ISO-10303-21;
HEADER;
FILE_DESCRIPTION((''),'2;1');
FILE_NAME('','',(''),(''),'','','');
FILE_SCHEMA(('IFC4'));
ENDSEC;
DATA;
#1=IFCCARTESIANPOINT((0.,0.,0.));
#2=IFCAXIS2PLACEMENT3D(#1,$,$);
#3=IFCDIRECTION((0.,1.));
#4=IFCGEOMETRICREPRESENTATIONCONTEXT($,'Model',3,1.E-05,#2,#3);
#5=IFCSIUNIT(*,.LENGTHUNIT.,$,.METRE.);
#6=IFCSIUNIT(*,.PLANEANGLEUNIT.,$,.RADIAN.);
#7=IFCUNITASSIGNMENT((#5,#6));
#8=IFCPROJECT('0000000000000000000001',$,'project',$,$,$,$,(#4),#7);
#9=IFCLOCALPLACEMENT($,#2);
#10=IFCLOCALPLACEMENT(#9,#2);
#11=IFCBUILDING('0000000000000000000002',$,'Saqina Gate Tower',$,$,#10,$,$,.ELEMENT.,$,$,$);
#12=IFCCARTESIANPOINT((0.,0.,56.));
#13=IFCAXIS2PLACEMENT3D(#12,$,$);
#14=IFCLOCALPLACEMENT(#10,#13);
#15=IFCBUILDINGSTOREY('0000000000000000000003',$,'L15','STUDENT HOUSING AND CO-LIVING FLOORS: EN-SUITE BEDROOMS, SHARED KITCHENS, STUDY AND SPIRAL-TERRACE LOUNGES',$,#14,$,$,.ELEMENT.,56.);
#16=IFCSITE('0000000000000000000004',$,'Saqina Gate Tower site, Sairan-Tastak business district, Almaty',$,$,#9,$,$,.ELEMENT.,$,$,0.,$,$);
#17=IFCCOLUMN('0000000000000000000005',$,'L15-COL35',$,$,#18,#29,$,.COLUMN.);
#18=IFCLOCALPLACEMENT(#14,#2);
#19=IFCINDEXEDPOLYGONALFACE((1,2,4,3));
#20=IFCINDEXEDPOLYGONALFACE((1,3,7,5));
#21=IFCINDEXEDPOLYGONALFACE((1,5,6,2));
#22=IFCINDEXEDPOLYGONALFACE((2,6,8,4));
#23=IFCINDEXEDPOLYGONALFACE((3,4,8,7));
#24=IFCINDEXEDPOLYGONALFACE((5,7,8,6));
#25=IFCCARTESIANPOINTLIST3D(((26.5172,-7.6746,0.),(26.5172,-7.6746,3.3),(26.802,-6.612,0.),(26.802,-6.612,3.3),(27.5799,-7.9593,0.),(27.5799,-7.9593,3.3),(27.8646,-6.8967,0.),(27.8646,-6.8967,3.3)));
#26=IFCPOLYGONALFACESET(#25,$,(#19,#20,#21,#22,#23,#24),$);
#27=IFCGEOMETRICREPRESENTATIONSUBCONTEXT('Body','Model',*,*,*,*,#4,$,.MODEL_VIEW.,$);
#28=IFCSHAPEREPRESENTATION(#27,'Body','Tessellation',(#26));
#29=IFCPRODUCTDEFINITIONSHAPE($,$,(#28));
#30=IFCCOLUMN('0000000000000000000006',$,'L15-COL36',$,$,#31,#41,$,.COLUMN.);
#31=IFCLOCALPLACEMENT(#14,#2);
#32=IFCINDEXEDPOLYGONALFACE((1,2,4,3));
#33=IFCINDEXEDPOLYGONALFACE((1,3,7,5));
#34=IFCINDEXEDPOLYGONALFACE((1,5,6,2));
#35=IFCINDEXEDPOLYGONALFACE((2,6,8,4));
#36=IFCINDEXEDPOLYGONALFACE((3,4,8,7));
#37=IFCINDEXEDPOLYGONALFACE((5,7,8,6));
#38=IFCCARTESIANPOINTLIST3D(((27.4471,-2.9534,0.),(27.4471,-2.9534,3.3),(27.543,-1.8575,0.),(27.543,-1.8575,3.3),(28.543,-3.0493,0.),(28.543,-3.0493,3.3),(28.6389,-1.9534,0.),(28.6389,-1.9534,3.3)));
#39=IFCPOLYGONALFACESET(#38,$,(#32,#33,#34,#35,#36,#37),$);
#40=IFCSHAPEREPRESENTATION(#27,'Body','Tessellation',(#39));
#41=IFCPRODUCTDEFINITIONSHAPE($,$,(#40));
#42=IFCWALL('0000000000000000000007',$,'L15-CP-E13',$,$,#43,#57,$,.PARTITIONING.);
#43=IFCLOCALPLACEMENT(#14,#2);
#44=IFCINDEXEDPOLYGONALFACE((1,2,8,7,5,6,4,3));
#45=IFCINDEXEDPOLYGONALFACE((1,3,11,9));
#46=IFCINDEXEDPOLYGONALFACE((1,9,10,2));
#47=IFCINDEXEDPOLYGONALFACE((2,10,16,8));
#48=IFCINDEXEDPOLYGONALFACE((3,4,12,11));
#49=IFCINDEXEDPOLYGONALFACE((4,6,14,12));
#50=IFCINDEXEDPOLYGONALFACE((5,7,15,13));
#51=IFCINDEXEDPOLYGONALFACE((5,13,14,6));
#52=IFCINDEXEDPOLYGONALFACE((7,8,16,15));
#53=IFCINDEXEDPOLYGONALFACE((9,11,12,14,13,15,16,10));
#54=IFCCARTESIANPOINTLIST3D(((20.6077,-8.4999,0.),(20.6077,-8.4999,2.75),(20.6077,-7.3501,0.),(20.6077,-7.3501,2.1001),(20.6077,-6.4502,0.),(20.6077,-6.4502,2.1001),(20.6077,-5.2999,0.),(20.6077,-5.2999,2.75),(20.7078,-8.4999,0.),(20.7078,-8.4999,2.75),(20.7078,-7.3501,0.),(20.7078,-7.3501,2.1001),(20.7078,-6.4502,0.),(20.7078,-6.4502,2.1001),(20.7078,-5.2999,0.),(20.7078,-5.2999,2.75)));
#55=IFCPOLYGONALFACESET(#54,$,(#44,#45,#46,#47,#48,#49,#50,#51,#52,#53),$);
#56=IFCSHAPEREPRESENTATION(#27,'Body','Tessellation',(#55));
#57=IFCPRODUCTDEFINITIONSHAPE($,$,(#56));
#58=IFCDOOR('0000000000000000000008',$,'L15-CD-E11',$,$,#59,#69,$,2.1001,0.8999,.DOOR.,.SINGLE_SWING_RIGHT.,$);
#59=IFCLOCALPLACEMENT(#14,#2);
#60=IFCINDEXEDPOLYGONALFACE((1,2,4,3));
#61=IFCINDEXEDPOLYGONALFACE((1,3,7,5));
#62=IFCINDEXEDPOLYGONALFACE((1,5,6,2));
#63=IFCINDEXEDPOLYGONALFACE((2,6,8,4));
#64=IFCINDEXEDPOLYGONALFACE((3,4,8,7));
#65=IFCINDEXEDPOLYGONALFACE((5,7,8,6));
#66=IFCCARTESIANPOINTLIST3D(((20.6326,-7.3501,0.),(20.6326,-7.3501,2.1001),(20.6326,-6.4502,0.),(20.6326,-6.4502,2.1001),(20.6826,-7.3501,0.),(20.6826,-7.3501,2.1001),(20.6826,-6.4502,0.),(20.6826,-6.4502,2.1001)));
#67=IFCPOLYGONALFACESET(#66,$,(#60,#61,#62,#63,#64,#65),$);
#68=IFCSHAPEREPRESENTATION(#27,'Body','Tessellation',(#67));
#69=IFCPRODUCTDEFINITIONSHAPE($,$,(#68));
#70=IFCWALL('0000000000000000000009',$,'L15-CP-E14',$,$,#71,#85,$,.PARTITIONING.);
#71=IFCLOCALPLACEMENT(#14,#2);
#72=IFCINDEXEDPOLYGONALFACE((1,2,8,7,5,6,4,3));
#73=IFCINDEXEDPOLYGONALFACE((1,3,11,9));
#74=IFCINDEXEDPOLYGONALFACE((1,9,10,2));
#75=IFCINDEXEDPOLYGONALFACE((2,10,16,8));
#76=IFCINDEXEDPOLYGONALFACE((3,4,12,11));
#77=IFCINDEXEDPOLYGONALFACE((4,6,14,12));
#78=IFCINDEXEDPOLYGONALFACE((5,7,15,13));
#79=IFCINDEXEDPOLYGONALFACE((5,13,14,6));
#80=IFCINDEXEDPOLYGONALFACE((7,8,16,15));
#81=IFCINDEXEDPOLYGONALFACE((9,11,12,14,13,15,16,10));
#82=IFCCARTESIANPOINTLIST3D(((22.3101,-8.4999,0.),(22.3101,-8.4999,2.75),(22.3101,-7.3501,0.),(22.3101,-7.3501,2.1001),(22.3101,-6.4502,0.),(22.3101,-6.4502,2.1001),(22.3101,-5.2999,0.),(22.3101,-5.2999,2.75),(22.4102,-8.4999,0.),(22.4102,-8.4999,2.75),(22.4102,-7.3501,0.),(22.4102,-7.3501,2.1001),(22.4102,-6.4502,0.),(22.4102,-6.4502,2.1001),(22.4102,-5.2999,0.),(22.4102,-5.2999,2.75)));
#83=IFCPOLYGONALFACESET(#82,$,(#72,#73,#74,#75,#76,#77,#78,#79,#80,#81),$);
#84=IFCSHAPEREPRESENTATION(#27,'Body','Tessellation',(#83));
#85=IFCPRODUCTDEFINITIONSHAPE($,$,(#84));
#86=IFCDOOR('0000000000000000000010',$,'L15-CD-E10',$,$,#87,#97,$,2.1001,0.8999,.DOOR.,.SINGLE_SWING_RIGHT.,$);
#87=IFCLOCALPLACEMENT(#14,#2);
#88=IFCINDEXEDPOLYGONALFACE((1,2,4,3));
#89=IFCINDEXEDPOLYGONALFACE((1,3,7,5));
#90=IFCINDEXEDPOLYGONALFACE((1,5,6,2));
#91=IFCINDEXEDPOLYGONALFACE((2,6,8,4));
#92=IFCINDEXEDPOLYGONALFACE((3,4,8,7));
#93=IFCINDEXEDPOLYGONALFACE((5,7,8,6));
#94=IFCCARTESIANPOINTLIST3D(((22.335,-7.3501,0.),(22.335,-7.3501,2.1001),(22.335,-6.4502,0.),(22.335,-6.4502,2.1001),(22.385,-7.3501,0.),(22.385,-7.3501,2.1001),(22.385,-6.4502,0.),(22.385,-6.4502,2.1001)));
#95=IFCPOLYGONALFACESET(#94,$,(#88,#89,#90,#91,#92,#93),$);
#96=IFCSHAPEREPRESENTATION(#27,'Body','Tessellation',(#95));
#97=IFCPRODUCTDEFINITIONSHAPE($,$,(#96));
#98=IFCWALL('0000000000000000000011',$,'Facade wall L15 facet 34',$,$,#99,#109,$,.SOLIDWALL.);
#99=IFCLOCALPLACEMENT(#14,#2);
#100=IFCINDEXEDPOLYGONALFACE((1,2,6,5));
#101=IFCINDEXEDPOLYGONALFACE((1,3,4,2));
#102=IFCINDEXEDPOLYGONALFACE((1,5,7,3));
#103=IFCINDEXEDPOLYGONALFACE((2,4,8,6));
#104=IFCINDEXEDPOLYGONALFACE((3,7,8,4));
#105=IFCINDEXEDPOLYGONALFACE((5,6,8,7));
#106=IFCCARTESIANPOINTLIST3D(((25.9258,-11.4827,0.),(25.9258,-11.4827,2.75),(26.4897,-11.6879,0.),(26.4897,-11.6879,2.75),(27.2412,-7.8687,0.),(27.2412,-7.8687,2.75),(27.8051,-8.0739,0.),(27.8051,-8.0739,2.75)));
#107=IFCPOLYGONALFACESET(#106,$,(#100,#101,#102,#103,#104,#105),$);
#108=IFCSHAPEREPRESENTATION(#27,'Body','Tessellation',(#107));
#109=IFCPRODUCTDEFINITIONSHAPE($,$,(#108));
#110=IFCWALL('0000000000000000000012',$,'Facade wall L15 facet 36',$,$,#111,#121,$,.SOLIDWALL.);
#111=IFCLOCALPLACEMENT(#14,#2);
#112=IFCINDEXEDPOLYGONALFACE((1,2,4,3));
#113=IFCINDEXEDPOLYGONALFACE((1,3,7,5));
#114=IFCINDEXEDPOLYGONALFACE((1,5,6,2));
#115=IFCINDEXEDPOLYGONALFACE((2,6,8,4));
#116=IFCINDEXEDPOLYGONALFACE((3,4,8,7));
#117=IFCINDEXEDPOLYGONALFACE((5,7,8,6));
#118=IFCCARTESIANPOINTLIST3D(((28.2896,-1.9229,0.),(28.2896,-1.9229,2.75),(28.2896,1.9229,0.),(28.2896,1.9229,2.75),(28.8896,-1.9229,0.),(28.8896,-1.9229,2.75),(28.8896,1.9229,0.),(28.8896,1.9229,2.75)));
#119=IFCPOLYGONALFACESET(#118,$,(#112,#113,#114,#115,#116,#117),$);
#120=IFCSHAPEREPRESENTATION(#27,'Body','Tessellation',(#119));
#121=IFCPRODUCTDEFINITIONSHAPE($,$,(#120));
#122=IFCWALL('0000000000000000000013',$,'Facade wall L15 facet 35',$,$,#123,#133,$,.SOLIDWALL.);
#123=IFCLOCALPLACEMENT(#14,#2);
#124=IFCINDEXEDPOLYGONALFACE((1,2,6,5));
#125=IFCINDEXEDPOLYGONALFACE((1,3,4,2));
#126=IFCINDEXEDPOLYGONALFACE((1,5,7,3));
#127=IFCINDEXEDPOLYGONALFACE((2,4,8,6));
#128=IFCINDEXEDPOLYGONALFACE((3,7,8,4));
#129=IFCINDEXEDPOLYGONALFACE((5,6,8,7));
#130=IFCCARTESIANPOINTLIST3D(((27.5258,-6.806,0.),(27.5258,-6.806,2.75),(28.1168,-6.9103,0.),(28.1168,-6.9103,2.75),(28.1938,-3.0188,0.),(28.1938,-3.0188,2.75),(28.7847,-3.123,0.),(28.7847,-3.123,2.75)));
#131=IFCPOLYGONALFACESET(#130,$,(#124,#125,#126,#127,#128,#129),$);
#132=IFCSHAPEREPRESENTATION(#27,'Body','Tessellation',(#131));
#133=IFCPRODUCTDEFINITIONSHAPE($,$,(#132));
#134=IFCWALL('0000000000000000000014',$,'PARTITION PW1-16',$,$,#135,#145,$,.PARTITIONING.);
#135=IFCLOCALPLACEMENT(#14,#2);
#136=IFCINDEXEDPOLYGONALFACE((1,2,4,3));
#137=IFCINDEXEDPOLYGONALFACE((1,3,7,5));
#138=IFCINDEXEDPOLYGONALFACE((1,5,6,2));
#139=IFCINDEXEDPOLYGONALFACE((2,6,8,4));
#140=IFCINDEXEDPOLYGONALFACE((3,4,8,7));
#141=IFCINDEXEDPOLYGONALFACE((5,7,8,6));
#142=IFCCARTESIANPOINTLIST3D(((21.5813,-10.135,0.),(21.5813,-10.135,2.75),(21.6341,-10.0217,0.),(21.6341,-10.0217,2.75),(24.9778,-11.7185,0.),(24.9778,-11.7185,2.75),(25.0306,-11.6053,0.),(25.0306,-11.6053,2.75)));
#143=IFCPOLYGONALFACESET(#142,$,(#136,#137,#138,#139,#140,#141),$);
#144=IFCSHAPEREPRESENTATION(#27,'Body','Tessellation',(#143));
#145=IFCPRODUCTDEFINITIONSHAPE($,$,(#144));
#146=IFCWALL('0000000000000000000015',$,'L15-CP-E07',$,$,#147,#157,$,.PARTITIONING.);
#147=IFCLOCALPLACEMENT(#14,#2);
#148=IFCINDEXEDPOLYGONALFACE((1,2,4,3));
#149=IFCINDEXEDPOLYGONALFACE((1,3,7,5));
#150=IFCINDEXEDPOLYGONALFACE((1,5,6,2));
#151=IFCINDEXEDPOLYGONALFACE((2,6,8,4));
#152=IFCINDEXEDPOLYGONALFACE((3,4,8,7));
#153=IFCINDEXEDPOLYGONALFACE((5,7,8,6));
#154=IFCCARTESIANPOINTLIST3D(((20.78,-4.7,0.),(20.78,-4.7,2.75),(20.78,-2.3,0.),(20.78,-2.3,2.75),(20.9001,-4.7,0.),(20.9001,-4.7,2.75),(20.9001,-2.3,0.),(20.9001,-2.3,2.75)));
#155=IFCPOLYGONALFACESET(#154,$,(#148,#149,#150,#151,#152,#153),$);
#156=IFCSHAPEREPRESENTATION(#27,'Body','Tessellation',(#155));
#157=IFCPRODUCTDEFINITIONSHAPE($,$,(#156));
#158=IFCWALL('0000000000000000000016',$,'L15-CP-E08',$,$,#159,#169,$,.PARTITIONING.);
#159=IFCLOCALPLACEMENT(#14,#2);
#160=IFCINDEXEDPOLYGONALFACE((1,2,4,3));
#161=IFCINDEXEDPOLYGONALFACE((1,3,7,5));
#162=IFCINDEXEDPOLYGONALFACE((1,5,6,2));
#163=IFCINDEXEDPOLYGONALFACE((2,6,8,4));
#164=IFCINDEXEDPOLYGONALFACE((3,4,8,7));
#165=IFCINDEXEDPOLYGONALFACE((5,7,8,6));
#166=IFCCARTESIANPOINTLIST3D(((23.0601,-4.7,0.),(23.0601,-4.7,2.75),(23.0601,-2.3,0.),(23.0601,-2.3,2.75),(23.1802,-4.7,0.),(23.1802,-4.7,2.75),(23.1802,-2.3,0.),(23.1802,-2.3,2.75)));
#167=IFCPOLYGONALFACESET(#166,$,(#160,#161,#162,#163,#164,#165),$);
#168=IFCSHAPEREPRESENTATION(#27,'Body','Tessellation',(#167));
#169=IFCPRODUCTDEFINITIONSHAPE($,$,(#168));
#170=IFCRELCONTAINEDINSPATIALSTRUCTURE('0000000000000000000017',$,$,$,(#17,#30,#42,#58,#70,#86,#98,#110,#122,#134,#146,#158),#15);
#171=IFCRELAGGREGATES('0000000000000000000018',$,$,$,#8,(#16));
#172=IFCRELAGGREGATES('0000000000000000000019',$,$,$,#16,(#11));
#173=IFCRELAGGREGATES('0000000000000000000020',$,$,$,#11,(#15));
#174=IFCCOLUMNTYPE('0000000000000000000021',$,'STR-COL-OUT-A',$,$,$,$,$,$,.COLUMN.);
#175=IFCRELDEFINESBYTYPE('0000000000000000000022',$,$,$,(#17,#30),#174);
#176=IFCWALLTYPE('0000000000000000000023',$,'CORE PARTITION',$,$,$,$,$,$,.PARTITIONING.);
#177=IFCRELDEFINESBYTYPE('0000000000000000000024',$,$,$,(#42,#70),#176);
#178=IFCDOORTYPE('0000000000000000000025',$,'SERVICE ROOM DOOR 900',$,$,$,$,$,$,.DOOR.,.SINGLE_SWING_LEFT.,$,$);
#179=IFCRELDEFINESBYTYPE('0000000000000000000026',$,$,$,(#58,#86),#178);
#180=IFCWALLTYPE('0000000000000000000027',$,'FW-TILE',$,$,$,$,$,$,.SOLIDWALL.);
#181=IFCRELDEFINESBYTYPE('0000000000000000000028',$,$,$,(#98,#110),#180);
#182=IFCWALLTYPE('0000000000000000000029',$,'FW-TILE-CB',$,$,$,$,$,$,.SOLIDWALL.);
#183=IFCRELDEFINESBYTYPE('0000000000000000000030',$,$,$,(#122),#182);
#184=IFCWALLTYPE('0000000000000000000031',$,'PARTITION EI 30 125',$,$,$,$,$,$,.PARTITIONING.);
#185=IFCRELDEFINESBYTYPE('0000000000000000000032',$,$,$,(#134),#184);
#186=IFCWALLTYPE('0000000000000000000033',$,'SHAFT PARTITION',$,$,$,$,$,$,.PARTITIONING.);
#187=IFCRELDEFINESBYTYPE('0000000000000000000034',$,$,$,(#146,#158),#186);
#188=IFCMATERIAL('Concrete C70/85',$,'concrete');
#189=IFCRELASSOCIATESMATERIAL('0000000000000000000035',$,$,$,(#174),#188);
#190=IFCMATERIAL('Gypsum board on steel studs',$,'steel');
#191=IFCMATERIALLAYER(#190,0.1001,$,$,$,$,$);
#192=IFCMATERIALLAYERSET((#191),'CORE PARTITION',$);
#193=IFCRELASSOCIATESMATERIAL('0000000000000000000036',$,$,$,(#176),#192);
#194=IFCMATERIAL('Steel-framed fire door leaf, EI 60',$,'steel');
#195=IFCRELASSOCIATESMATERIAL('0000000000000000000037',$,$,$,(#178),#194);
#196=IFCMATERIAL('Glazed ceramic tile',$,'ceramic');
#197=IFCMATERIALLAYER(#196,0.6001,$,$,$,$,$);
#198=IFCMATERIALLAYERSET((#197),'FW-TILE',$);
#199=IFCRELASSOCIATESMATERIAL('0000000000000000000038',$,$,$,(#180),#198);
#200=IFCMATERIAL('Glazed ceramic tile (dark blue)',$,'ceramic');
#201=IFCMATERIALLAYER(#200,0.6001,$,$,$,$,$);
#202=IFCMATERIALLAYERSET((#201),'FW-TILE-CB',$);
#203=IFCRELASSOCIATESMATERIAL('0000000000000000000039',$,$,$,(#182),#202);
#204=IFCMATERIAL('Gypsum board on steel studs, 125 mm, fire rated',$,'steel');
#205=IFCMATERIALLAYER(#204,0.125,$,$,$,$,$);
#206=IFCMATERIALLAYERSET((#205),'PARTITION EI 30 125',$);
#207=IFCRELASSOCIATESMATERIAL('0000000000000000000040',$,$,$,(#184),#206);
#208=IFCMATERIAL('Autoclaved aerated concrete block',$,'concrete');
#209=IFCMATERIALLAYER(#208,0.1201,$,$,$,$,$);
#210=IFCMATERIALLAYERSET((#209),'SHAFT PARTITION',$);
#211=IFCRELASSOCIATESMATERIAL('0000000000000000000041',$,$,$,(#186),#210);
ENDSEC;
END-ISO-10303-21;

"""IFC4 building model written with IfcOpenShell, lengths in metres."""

from ifc_helpers import new_model, si_unit, direction, frame, frame_2d, origin, origin_2d, place, context, subcontext, project, spatial, rectangle, extrude, material, layer, layer_set, material_profile, profile_set, type_object, element, fill, save


model = new_model("IFC4")

# Units and contexts
model_context = context("Model", 3, precision=1e-05, world=origin(), true_north=direction((0.0, 1.0)))
body_context = subcontext(model_context, "Body", "Model", "MODEL_VIEW")
ifc_project = project(units=[si_unit("LENGTHUNIT", "METRE"), si_unit("PLANEANGLEUNIT", "RADIAN")], contexts=[model_context])

# Site, building, storey
site_placement = place(None, origin())
site = spatial("IfcSite", under=ifc_project, at=site_placement, Name="Saqina Gate Tower site, Sairan-Tastak business district, Almaty", CompositionType="ELEMENT", RefElevation=0.0)
building_placement = place(site_placement, origin())
building = spatial("IfcBuilding", under=site, at=building_placement, Name="Saqina Gate Tower", CompositionType="ELEMENT")
storey_placement = place(building_placement, frame((0.0, 0.0, 56.0)))
storey = spatial("IfcBuildingStorey", under=building, at=storey_placement, Name="L15", Description="STUDENT HOUSING AND CO-LIVING FLOORS: EN-SUITE BEDROOMS, SHARED KITCHENS, STUDY AND SPIRAL-TERRACE LOUNGES", CompositionType="ELEMENT", Elevation=56.0)

# Columns
ifc_material_1 = material(Name="Concrete C70/85", Category="concrete")
ifc_material_profile = material_profile(ifc_material_1, rectangle(XDim=1.1001, YDim=1.1001, at=origin_2d()), Name="RC 1100x1100")
ifc_profile_set = profile_set([ifc_material_profile], Name="Concrete C70/85")
column_type = type_object("IfcColumnType", Name="STR-COL-OUT-A", PredefinedType="COLUMN", material=ifc_profile_set)
for number, where, z_axis, x_axis, name in (
    (1, (27.1909, -7.2856, 0.0), (0.0, 0.0, 1.0), (0.965926, -0.258819, 0.0), "L15-COL35"),
    (2, (28.043, -2.4534, 0.0), (0.0, 0.0, 1.0), (0.996195, -0.087156, 0.0), "L15-COL36"),
):
    element("IfcColumn", number, at=place(storey_placement, frame(where, z_axis=z_axis, x_axis=x_axis)), inside=storey, type_object=column_type, Name=name, PredefinedType="COLUMN", context=body_context, shape_type="SweptSolid", body=[
        extrude(rectangle(XDim=1.1001, YDim=1.1001, at=origin_2d()), origin(), (0.0, 0.0, 1.0), 3.3),
    ])

# Walls, openings, doors
ifc_material_2 = material(Name="Gypsum board on steel studs", Category="steel")
ifc_layer_1 = layer(ifc_material_2, 0.1001)
ifc_layer_set_1 = layer_set([ifc_layer_1], Name="CORE PARTITION")
wall_type_1 = type_object("IfcWallType", Name="CORE PARTITION", PredefinedType="PARTITIONING", material=ifc_layer_set_1)
wall_1_placement = place(storey_placement, frame((20.6577, -8.5, 0.0), z_axis=(0.0, 0.0, 1.0), x_axis=(0.0, 1.0, 0.0)))
wall_1 = element("IfcWall", 3, at=wall_1_placement, inside=storey, type_object=wall_type_1, Name="L15-CP-E13", PredefinedType="PARTITIONING", context=body_context, shape_type="SweptSolid", body=[
    extrude(rectangle(XDim=3.2, YDim=0.1001, at=frame_2d((1.6001, 0.0))), origin(), (0.0, 0.0, 1.0), 2.75),
])
opening_1_placement = place(wall_1_placement, frame((1.1499, 0.0, 0.0)))
opening_1 = element("IfcOpeningElement", 4, at=opening_1_placement, cuts=wall_1, PredefinedType="OPENING", context=body_context, shape_type="SweptSolid", body=[
    extrude(rectangle(XDim=0.8999, YDim=2.1001, at=frame_2d((0.45, 1.05))), frame((0.0, 0.062, 0.0), z_axis=(0.0, -1.0, 0.0), x_axis=(1.0, 0.0, 0.0)), (0.0, 0.0, 1.0), 0.124),
])
ifc_material_3 = material(Name="Steel-framed fire door leaf, EI 60", Category="steel")
door_type = type_object("IfcDoorType", Name="SERVICE ROOM DOOR 900", OperationType="SINGLE_SWING_LEFT", PredefinedType="DOOR", material=ifc_material_3)
door_1_placement = place(opening_1_placement, frame((0.8999, 0.0, 0.0), z_axis=(0.0, 0.0, 1.0), x_axis=(-1.0, 0.0, 0.0)))
door_1 = element("IfcDoor", 5, at=door_1_placement, inside=storey, type_object=door_type, Name="L15-CD-E11", OperationType="SINGLE_SWING_RIGHT", OverallHeight=2.1001, OverallWidth=0.8999, PredefinedType="DOOR", context=body_context, shape_type="SweptSolid", body=[
    extrude(rectangle(XDim=0.8999, YDim=2.1001, at=frame_2d((0.45, 1.05))), frame((0.0, 0.0249, 0.0), z_axis=(0.0, -1.0, 0.0), x_axis=(1.0, 0.0, 0.0)), (0.0, 0.0, 1.0), 0.05),
])
fill(opening_1, door_1)
wall_2_placement = place(storey_placement, frame((22.3601, -8.5, 0.0), z_axis=(0.0, 0.0, 1.0), x_axis=(0.0, 1.0, 0.0)))
wall_2 = element("IfcWall", 6, at=wall_2_placement, inside=storey, type_object=wall_type_1, Name="L15-CP-E14", PredefinedType="PARTITIONING", context=body_context, shape_type="SweptSolid", body=[
    extrude(rectangle(XDim=3.2, YDim=0.1001, at=frame_2d((1.6001, 0.0))), origin(), (0.0, 0.0, 1.0), 2.75),
])
opening_2_placement = place(wall_2_placement, frame((1.1499, 0.0, 0.0)))
opening_2 = element("IfcOpeningElement", 7, at=opening_2_placement, cuts=wall_2, PredefinedType="OPENING", context=body_context, shape_type="SweptSolid", body=[
    extrude(rectangle(XDim=0.8999, YDim=2.1001, at=frame_2d((0.45, 1.05))), frame((0.0, 0.062, 0.0), z_axis=(0.0, -1.0, 0.0), x_axis=(1.0, 0.0, 0.0)), (0.0, 0.0, 1.0), 0.124),
])
door_2_placement = place(opening_2_placement, frame((0.8999, 0.0, 0.0), z_axis=(0.0, 0.0, 1.0), x_axis=(-1.0, 0.0, 0.0)))
door_2 = element("IfcDoor", 8, at=door_2_placement, inside=storey, type_object=door_type, Name="L15-CD-E10", OperationType="SINGLE_SWING_RIGHT", OverallHeight=2.1001, OverallWidth=0.8999, PredefinedType="DOOR", context=body_context, shape_type="SweptSolid", body=[
    extrude(rectangle(XDim=0.8999, YDim=2.1001, at=frame_2d((0.45, 1.05))), frame((0.0, 0.0249, 0.0), z_axis=(0.0, -1.0, 0.0), x_axis=(1.0, 0.0, 0.0)), (0.0, 0.0, 1.0), 0.05),
])
fill(opening_2, door_2)

# Walls
ifc_material_4 = material(Name="Glazed ceramic tile", Category="ceramic")
ifc_layer_2 = layer(ifc_material_4, 0.6001)
ifc_layer_set_2 = layer_set([ifc_layer_2], Name="FW-TILE")
wall_type_2 = type_object("IfcWallType", Name="FW-TILE", PredefinedType="SOLIDWALL", material=ifc_layer_set_2)
wall_3_placement = place(storey_placement, frame((26.2078, -11.5852, 0.0), z_axis=(0.0, 0.0, 1.0), x_axis=(0.342028, 0.93969, 0.0)))
element("IfcWall", 9, at=wall_3_placement, inside=storey, type_object=wall_type_2, Name="Facade wall L15 facet 34", PredefinedType="SOLIDWALL", context=body_context, shape_type="SweptSolid", body=[
    extrude(rectangle(XDim=3.8459, YDim=0.6001, at=frame_2d((1.9229, 0.0))), origin(), (0.0, 0.0, 1.0), 2.75),
])
wall_4_placement = place(storey_placement, frame((28.5896, -1.9229, 0.0), z_axis=(0.0, 0.0, 1.0), x_axis=(0.0, 1.0, 0.0)))
element("IfcWall", 10, at=wall_4_placement, inside=storey, type_object=wall_type_2, Name="Facade wall L15 facet 36", PredefinedType="SOLIDWALL", context=body_context, shape_type="SweptSolid", body=[
    extrude(rectangle(XDim=3.8457, YDim=0.6001, at=frame_2d((1.9229, 0.0))), origin(), (0.0, 0.0, 1.0), 2.75),
])
ifc_material_5 = material(Name="Glazed ceramic tile (dark blue)", Category="ceramic")
ifc_layer_3 = layer(ifc_material_5, 0.6001)
ifc_layer_set_3 = layer_set([ifc_layer_3], Name="FW-TILE-CB")
wall_type_3 = type_object("IfcWallType", Name="FW-TILE-CB", PredefinedType="SOLIDWALL", material=ifc_layer_set_3)
wall_5_placement = place(storey_placement, frame((27.8213, -6.8582, 0.0), z_axis=(0.0, 0.0, 1.0), x_axis=(0.173688, 0.984801, 0.0)))
element("IfcWall", 11, at=wall_5_placement, inside=storey, type_object=wall_type_3, Name="Facade wall L15 facet 35", PredefinedType="SOLIDWALL", context=body_context, shape_type="SweptSolid", body=[
    extrude(rectangle(XDim=3.8457, YDim=0.6001, at=frame_2d((1.9229, 0.0))), origin(), (0.0, 0.0, 1.0), 2.75),
])
ifc_material_6 = material(Name="Gypsum board on steel studs, 125 mm, fire rated", Category="steel")
ifc_layer_4 = layer(ifc_material_6, 0.125)
ifc_layer_set_4 = layer_set([ifc_layer_4], Name="PARTITION EI 30 125")
wall_type_4 = type_object("IfcWallType", Name="PARTITION EI 30 125", PredefinedType="PARTITIONING", material=ifc_layer_set_4)
wall_6_placement = place(storey_placement, frame((21.6077, -10.0784, 0.0), z_axis=(0.0, 0.0, 1.0), x_axis=(0.90634, -0.42255, 0.0)))
element("IfcWall", 12, at=wall_6_placement, inside=storey, type_object=wall_type_4, Name="PARTITION PW1-16", PredefinedType="PARTITIONING", context=body_context, shape_type="SweptSolid", body=[
    extrude(rectangle(XDim=3.7476, YDim=0.125, at=frame_2d((1.8738, 0.0))), origin(), (0.0, 0.0, 1.0), 2.75),
])
ifc_material_7 = material(Name="Autoclaved aerated concrete block", Category="concrete")
ifc_layer_5 = layer(ifc_material_7, 0.1201)
ifc_layer_set_5 = layer_set([ifc_layer_5], Name="SHAFT PARTITION")
wall_type_5 = type_object("IfcWallType", Name="SHAFT PARTITION", PredefinedType="PARTITIONING", material=ifc_layer_set_5)
for number, where, z_axis, x_axis, name in (
    (13, (20.8401, -4.7, 0.0), (0.0, 0.0, 1.0), (0.0, 1.0, 0.0), "L15-CP-E07"),
    (14, (23.1201, -4.7, 0.0), (0.0, 0.0, 1.0), (0.0, 1.0, 0.0), "L15-CP-E08"),
):
    element("IfcWall", number, at=place(storey_placement, frame(where, z_axis=z_axis, x_axis=x_axis)), inside=storey, type_object=wall_type_5, Name=name, PredefinedType="PARTITIONING", context=body_context, shape_type="SweptSolid", body=[
        extrude(rectangle(XDim=2.3999, YDim=0.1201, at=frame_2d((1.2, 0.0))), origin(), (0.0, 0.0, 1.0), 2.75),
    ])

save(model, "model.ifc")
